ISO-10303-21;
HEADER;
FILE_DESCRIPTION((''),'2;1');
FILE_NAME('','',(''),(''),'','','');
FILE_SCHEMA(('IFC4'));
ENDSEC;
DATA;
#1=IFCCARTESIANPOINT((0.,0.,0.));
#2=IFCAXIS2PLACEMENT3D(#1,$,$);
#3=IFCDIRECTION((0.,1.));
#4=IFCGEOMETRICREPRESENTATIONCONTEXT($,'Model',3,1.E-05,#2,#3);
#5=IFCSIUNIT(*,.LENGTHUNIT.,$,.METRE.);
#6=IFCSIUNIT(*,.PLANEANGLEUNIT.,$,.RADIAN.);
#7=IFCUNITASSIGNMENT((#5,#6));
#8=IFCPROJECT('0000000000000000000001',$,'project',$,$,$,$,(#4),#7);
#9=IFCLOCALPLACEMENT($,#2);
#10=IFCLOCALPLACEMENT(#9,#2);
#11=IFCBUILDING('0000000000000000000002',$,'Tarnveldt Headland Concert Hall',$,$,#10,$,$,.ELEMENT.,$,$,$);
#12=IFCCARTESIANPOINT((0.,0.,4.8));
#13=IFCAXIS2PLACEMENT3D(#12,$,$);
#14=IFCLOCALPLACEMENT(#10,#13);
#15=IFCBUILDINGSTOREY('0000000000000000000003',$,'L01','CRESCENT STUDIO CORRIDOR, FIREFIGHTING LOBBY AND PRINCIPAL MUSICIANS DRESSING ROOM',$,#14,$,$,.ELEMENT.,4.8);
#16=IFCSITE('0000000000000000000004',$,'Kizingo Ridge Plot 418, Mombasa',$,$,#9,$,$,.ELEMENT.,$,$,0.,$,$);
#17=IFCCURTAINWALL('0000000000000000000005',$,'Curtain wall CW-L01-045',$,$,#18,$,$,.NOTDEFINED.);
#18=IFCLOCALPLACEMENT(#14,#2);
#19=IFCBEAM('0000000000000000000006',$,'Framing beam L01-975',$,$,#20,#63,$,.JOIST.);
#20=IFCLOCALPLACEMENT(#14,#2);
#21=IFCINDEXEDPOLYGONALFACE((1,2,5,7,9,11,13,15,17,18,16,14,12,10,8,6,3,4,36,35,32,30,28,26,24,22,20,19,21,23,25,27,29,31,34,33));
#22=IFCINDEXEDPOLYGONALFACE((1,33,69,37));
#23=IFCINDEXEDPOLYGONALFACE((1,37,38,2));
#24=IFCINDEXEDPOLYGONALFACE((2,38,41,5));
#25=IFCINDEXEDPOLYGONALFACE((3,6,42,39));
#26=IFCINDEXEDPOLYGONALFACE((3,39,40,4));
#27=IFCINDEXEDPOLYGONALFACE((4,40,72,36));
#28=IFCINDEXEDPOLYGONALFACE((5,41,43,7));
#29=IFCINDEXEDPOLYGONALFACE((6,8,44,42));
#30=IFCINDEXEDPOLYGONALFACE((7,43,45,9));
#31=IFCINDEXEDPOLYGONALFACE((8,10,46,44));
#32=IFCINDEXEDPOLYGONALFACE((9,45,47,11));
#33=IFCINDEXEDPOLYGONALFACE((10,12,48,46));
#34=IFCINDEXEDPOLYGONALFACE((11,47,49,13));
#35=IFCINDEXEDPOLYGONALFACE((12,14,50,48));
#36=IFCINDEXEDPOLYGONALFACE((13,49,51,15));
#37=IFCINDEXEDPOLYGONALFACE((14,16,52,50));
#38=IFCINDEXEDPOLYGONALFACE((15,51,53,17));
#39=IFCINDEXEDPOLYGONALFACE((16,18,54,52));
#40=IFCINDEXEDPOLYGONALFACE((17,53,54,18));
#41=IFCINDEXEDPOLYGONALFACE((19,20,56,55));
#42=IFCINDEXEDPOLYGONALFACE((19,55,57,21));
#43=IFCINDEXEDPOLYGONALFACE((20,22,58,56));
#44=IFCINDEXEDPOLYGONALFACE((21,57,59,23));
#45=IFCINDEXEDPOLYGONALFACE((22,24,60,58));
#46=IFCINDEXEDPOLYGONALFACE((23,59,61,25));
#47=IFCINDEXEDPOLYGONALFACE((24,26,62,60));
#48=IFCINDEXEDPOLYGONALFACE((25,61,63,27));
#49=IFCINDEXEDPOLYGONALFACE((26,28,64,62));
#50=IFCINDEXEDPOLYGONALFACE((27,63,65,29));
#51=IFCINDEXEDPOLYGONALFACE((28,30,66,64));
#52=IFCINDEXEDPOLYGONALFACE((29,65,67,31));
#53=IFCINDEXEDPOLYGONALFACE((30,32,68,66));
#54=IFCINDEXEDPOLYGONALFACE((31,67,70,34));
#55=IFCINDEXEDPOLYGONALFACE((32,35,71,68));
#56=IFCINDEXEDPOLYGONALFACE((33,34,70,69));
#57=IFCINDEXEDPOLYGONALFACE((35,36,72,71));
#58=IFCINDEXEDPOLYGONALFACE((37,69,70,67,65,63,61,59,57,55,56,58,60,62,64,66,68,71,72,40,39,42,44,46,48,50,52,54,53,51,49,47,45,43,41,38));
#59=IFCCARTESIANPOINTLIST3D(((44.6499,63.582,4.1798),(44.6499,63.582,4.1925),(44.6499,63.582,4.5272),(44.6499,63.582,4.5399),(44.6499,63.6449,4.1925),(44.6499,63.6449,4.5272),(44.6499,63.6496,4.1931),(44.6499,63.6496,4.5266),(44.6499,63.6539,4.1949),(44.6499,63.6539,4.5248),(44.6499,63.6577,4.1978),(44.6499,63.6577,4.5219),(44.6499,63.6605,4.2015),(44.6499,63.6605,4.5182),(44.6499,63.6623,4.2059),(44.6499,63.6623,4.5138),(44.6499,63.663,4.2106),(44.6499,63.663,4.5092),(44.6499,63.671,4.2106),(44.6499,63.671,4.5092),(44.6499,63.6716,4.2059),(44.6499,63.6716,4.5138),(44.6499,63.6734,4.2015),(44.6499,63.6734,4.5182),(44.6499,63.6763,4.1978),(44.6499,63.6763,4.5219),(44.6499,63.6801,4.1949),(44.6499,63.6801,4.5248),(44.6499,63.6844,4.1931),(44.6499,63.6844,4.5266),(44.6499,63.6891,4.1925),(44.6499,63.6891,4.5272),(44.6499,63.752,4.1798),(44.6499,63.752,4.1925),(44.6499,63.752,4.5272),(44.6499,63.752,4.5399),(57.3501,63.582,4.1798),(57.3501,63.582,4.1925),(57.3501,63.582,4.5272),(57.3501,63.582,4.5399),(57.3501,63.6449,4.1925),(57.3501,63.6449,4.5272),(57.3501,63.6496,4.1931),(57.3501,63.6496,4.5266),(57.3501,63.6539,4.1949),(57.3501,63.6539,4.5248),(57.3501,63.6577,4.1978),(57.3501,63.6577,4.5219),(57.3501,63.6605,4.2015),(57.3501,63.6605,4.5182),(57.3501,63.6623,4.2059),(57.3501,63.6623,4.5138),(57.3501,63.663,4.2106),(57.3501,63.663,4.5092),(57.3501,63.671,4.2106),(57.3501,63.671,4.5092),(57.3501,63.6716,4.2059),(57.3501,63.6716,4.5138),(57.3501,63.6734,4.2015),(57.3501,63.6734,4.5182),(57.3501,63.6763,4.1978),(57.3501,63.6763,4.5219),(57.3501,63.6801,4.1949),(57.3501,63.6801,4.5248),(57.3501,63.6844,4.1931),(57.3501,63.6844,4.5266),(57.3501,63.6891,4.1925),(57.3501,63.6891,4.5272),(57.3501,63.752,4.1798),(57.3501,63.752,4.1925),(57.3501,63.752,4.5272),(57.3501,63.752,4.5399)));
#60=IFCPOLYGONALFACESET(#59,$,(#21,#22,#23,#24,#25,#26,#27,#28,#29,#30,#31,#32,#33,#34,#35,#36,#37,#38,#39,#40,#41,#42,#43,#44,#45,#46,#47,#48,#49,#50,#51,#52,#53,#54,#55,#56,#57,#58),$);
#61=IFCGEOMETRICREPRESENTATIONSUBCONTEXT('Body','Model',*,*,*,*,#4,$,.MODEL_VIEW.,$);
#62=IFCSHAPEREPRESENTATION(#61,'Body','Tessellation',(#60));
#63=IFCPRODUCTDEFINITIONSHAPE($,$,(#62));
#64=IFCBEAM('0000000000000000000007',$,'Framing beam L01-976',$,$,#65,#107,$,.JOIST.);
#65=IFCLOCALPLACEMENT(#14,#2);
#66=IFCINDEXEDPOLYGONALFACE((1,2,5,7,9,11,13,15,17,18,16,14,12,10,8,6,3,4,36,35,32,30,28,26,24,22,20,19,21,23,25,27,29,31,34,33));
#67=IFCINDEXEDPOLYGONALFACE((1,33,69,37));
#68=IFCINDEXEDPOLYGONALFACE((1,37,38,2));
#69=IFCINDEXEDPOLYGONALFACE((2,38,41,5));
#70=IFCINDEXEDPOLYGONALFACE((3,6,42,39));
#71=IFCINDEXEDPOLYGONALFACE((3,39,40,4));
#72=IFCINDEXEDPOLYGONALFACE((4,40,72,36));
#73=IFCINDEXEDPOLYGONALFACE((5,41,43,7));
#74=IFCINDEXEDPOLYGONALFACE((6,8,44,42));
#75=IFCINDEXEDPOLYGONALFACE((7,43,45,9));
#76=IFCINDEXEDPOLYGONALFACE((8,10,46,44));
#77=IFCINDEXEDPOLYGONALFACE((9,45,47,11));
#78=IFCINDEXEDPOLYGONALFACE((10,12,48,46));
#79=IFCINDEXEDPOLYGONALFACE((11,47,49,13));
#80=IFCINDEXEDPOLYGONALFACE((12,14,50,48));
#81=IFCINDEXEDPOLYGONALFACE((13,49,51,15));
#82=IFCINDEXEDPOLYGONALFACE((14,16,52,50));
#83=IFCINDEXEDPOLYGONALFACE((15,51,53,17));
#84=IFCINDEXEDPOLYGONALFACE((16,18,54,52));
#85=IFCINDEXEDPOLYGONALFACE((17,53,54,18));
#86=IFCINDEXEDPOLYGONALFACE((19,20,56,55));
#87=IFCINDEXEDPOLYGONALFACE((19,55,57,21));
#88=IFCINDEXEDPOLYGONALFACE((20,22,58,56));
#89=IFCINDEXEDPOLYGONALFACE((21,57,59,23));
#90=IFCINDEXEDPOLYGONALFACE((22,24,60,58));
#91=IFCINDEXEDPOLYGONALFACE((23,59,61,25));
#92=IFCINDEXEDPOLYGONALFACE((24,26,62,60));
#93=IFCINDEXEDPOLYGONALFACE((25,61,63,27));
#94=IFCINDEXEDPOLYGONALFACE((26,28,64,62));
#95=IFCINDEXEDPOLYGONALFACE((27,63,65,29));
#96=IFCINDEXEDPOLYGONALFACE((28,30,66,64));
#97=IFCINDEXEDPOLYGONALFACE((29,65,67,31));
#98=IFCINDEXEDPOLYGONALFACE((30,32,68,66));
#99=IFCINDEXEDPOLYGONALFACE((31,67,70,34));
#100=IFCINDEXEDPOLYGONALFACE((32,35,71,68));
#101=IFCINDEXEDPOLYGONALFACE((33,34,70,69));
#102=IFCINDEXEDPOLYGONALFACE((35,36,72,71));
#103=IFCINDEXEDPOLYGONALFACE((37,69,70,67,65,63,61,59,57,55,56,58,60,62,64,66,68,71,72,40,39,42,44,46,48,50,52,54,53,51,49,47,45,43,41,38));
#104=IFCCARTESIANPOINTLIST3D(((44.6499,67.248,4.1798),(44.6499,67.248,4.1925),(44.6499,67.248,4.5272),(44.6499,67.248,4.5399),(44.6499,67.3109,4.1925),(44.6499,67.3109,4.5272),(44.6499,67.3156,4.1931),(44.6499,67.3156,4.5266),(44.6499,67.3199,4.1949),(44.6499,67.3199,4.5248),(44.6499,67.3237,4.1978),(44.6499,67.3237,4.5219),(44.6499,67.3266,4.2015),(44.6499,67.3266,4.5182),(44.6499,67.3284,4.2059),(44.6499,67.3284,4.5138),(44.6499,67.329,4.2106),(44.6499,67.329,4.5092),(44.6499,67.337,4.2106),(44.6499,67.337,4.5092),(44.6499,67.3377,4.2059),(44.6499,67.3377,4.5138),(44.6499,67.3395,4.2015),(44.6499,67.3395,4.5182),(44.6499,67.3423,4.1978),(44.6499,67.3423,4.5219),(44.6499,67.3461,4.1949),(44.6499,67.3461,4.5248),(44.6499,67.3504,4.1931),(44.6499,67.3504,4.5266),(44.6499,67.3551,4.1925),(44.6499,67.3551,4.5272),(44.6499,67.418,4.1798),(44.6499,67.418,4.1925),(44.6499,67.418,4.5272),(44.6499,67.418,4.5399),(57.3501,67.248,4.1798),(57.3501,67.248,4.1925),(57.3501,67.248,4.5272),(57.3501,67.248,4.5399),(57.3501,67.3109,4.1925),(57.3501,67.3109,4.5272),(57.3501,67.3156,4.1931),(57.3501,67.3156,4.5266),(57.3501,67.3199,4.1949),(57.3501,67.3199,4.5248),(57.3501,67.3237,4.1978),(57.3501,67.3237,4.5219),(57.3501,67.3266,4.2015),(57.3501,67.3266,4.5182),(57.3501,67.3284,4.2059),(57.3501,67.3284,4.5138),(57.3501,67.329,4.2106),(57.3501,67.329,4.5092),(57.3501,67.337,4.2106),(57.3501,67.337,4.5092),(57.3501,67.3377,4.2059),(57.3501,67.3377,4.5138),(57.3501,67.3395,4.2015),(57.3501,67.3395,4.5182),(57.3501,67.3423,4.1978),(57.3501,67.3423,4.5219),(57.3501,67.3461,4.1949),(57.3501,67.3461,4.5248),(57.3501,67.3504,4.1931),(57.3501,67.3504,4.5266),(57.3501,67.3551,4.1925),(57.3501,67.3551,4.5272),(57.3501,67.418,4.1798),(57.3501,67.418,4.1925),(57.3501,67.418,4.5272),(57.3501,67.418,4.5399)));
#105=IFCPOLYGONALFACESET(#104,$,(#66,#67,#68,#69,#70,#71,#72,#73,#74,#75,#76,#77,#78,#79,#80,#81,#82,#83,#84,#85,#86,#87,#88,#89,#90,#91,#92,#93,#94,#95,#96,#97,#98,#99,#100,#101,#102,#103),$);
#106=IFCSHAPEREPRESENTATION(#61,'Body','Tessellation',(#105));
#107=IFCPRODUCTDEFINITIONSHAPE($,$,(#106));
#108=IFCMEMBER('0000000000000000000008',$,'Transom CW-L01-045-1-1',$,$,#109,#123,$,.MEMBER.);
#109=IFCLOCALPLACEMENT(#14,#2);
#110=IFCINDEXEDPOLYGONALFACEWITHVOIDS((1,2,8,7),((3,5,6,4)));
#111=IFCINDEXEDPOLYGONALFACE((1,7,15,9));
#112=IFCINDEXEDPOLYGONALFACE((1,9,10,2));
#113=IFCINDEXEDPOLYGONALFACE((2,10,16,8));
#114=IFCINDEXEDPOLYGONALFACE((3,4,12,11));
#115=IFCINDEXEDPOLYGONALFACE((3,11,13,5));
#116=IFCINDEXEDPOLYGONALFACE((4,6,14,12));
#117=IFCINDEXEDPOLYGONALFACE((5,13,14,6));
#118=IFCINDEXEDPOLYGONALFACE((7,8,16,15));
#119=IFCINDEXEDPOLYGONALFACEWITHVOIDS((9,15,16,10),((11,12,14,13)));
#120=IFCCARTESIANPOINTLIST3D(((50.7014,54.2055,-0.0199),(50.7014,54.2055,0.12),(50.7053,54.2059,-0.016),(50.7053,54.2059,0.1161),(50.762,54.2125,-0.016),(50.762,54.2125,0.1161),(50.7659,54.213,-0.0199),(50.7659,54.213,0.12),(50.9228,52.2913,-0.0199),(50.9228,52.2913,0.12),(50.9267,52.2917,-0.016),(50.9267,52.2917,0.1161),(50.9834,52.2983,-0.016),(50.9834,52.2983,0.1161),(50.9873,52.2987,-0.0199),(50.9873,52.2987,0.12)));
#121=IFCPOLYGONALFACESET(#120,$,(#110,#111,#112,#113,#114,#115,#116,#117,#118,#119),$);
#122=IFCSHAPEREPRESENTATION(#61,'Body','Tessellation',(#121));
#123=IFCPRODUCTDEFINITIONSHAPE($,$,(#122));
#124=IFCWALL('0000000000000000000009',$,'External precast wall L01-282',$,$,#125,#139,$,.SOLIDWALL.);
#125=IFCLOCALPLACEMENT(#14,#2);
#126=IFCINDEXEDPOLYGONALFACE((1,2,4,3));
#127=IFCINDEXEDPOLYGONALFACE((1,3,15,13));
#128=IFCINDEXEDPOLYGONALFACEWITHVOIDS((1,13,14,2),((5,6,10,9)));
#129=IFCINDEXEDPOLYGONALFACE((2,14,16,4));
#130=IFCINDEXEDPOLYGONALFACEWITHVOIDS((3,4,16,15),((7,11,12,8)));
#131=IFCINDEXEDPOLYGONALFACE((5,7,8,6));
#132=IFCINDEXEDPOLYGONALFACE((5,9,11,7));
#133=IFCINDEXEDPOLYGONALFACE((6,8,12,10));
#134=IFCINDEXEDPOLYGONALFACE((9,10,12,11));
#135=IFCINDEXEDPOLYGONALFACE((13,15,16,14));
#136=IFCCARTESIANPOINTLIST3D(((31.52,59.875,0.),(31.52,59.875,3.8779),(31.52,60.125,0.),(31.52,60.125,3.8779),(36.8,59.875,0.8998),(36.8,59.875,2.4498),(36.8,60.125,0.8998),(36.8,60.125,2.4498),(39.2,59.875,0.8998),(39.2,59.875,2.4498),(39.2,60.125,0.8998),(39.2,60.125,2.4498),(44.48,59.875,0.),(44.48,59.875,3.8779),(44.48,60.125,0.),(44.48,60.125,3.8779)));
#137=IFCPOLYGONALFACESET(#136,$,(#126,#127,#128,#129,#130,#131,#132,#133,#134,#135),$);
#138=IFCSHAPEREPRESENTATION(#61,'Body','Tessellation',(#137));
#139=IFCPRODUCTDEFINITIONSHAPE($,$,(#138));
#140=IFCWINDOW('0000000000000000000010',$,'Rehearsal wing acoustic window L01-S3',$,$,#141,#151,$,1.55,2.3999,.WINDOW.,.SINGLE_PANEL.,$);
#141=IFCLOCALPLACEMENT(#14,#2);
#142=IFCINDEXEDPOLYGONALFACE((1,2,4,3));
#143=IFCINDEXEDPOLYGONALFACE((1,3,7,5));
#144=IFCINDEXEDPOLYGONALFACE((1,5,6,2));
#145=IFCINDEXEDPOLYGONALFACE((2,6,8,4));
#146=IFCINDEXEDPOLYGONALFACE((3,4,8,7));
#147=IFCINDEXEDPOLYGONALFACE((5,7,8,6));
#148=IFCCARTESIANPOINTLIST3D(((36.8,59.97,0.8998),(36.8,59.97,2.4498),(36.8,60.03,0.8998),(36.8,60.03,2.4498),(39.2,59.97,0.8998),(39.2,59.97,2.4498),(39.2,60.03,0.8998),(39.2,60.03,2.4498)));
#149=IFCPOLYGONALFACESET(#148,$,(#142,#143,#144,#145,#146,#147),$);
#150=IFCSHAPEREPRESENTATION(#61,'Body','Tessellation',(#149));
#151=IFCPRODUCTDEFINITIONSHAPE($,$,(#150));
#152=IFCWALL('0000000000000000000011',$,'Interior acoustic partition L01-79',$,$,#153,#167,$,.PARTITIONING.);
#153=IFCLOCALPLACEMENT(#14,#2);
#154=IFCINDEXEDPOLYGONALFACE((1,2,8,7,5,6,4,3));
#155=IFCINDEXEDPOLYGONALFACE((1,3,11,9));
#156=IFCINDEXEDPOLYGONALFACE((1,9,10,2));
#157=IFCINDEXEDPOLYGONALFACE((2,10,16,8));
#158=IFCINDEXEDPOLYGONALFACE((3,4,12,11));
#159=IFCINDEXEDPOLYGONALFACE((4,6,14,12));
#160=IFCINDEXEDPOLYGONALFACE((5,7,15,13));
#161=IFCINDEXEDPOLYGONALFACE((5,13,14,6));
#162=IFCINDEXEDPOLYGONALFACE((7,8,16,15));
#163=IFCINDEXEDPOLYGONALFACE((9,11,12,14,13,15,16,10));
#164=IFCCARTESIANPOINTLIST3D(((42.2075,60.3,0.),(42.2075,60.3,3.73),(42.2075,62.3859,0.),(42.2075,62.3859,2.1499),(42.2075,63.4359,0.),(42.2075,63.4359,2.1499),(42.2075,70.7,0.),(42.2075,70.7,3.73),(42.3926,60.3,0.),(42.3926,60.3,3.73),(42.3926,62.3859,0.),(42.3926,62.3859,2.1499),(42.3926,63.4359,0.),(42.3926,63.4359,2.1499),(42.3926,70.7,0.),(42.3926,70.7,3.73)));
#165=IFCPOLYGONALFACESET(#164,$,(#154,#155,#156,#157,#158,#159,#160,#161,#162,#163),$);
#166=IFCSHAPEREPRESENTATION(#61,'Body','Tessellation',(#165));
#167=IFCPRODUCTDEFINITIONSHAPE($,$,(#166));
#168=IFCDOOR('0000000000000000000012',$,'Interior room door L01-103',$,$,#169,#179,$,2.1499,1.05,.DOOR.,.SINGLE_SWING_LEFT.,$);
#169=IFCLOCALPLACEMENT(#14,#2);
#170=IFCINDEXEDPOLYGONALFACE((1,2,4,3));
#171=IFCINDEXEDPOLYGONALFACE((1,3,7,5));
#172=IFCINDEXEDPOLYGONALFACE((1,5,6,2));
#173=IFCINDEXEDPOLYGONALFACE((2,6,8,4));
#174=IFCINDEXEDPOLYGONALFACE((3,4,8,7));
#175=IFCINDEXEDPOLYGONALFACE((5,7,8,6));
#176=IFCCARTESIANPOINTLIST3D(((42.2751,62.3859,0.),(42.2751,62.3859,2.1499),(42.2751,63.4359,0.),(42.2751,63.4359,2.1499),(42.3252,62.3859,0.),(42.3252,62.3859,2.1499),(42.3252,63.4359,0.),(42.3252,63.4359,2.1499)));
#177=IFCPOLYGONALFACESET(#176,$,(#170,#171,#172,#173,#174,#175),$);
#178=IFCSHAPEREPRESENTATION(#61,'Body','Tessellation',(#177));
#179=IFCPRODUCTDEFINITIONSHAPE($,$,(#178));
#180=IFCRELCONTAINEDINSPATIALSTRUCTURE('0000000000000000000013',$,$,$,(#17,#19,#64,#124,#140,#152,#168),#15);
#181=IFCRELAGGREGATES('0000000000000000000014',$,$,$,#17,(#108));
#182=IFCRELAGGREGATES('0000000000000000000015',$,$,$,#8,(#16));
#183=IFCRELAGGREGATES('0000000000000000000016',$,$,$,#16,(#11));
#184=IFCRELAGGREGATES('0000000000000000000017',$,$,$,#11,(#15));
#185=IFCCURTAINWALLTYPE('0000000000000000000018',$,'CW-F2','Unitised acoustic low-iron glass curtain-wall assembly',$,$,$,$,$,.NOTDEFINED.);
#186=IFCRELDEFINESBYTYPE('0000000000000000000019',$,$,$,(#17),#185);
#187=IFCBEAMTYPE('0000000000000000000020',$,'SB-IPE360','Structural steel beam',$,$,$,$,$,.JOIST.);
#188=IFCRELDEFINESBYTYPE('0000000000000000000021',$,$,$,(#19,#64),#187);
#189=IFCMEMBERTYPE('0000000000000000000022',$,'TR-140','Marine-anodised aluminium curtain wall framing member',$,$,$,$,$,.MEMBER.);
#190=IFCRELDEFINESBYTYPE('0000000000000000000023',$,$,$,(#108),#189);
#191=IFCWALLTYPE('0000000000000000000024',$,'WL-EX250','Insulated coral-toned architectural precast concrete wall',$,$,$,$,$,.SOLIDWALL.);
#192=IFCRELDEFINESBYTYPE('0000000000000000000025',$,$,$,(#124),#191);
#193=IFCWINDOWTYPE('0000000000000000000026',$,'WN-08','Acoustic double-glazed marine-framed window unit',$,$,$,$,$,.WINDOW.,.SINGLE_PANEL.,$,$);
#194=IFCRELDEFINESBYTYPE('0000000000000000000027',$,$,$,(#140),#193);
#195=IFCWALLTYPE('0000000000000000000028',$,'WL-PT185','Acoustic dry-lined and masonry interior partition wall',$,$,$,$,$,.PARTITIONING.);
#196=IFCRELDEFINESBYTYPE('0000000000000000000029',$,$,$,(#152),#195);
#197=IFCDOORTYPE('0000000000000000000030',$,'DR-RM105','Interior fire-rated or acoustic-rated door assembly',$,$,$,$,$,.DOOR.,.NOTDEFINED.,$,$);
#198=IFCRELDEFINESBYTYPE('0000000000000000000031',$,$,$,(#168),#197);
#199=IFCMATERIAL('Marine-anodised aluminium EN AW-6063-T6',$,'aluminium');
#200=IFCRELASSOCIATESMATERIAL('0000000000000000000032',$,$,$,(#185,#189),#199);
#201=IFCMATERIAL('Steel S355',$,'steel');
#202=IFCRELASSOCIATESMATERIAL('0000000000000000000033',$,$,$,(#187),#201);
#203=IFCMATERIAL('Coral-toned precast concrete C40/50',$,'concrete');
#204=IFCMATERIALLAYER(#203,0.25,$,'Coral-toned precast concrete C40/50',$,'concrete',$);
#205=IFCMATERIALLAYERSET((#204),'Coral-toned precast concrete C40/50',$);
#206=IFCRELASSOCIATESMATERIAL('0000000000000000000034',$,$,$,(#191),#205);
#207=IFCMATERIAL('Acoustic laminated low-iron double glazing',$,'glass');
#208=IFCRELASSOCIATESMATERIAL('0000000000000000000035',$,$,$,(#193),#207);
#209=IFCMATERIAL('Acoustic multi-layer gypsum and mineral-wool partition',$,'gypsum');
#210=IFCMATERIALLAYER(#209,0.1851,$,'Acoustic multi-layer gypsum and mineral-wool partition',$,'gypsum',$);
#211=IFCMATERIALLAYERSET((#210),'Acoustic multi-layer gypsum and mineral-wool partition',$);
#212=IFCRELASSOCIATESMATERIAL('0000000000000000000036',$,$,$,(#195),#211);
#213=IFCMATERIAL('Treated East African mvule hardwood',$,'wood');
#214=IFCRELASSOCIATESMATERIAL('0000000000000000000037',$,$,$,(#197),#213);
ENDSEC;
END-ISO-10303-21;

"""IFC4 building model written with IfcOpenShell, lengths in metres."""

from ifc_helpers import new_model, si_unit, direction, frame, frame_2d, origin, origin_2d, place, context, subcontext, project, spatial, rectangle, hollow_rectangle, i_section, extrude, material, layer, layer_set, material_profile, profile_set, type_object, element, fill, aggregate, save


model = new_model("IFC4")

# Units and contexts
model_context = context("Model", 3, precision=1e-05, world=origin(), true_north=direction((0.0, 1.0)))
body_context = subcontext(model_context, "Body", "Model", "MODEL_VIEW")
ifc_project = project(units=[si_unit("LENGTHUNIT", "METRE"), si_unit("PLANEANGLEUNIT", "RADIAN")], contexts=[model_context])

# Site, building, storey
site_placement = place(None, origin())
site = spatial("IfcSite", under=ifc_project, at=site_placement, Name="Kizingo Ridge Plot 418, Mombasa", CompositionType="ELEMENT", RefElevation=0.0)
building_placement = place(site_placement, origin())
building = spatial("IfcBuilding", under=site, at=building_placement, Name="Tarnveldt Headland Concert Hall", CompositionType="ELEMENT")
storey_placement = place(building_placement, frame((0.0, 0.0, 4.8)))
storey = spatial("IfcBuildingStorey", under=building, at=storey_placement, Name="L01", Description="CRESCENT STUDIO CORRIDOR, FIREFIGHTING LOBBY AND PRINCIPAL MUSICIANS DRESSING ROOM", CompositionType="ELEMENT", Elevation=4.8)

# Shared definitions
ifc_material_1 = material(Name="Steel S355", Category="steel")

# Curtain wall
ifc_material_2 = material(Name="Marine-anodised aluminium EN AW-6063-T6", Category="aluminium")
curtain_wall_type = type_object("IfcCurtainWallType", Name="CW-F2", Description="Unitised acoustic low-iron glass curtain-wall assembly", PredefinedType="NOTDEFINED", material=ifc_material_2)
curtain_wall_1_placement = place(storey_placement, origin())
curtain_wall_1 = element("IfcCurtainWall", 1, at=curtain_wall_1_placement, inside=storey, type_object=curtain_wall_type, Name="Curtain wall CW-L01-045", PredefinedType="NOTDEFINED")

# Beams
ifc_material_profile_1 = material_profile(ifc_material_1, i_section(OverallWidth=0.1699, OverallDepth=0.3601, WebThickness=0.0081, FlangeThickness=0.0127, FilletRadius=0.0181, at=origin_2d()), Name="IPE360", Category="steel")
ifc_profile_set_1 = profile_set([ifc_material_profile_1], Name="Steel S355")
beam_type_1 = type_object("IfcBeamType", Name="SB-IPE360", Description="Structural steel beam", PredefinedType="JOIST", material=ifc_profile_set_1)
for number, where, z_axis, x_axis, name in (
    (2, (44.6499, 63.667, 4.3599), (1.0, 0.0, 0.0), (0.0, 1.0, 0.0), "Framing beam L01-975"),
    (3, (44.6499, 67.333, 4.3599), (1.0, 0.0, 0.0), (0.0, 1.0, 0.0), "Framing beam L01-976"),
):
    element("IfcBeam", number, at=place(storey_placement, frame(where, z_axis=z_axis, x_axis=x_axis)), inside=storey, type_object=beam_type_1, Name=name, PredefinedType="JOIST", context=body_context, shape_type="SweptSolid", body=[
        extrude(i_section(OverallWidth=0.1699, OverallDepth=0.3601, WebThickness=0.0081, FlangeThickness=0.0127, FilletRadius=0.0181, at=origin_2d()), origin(), (0.0, 0.0, 1.0), 12.7002),
    ])

# Member
ifc_material_profile_2 = material_profile(ifc_material_2, hollow_rectangle(XDim=0.0649, YDim=0.1399, WallThickness=0.0039, at=origin_2d()), Name="ALU TRANSOM 65x140x4", Category="aluminium")
ifc_profile_set_2 = profile_set([ifc_material_profile_2], Name="Marine-anodised aluminium EN AW-6063-T6")
member_type_1 = type_object("IfcMemberType", Name="TR-140", Description="Marine-anodised aluminium curtain wall framing member", PredefinedType="MEMBER", material=ifc_profile_set_2)
member_1_placement = place(storey_placement, frame((50.7336, 54.2092, 0.05), z_axis=(0.114908, -0.993376, 0.0), x_axis=(0.993376, 0.114908, 0.0)))
member_1 = element("IfcMember", 4, at=member_1_placement, type_object=member_type_1, Name="Transom CW-L01-045-1-1", PredefinedType="MEMBER", context=body_context, shape_type="SweptSolid", body=[
    extrude(hollow_rectangle(XDim=0.0649, YDim=0.1399, WallThickness=0.0039, at=origin_2d()), origin(), (0.0, 0.0, 1.0), 1.927),
])
aggregate(curtain_wall_1, [member_1])

# Wall, opening, window
ifc_material_3 = material(Name="Coral-toned precast concrete C40/50", Category="concrete")
ifc_layer_1 = layer(ifc_material_3, 0.25, Name="Coral-toned precast concrete C40/50", Category="concrete")
ifc_layer_set_1 = layer_set([ifc_layer_1], Name="Coral-toned precast concrete C40/50")
wall_type_1 = type_object("IfcWallType", Name="WL-EX250", Description="Insulated coral-toned architectural precast concrete wall", PredefinedType="SOLIDWALL", material=ifc_layer_set_1)
wall_1_placement = place(storey_placement, frame((44.48, 60.0, 0.0), z_axis=(0.0, 0.0, 1.0), x_axis=(-1.0, 0.0, 0.0)))
wall_1 = element("IfcWall", 5, at=wall_1_placement, inside=storey, type_object=wall_type_1, Name="External precast wall L01-282", PredefinedType="SOLIDWALL", context=body_context, shape_type="SweptSolid", body=[
    extrude(rectangle(XDim=12.96, YDim=0.25, at=frame_2d((6.48, 0.0))), origin(), (0.0, 0.0, 1.0), 3.8779),
])
opening_1_placement = place(wall_1_placement, frame((5.28, 0.0, 0.8999)))
opening_1 = element("IfcOpeningElement", 6, at=opening_1_placement, cuts=wall_1, PredefinedType="OPENING", context=body_context, shape_type="SweptSolid", body=[
    extrude(rectangle(XDim=2.3999, YDim=1.55, at=frame_2d((1.2, 0.7749))), frame((0.0, 0.135, 0.0), z_axis=(0.0, -1.0, 0.0), x_axis=(1.0, 0.0, 0.0)), (0.0, 0.0, 1.0), 0.27),
])
ifc_material_4 = material(Name="Acoustic laminated low-iron double glazing", Category="glass")
window_type = type_object("IfcWindowType", Name="WN-08", Description="Acoustic double-glazed marine-framed window unit", PartitioningType="SINGLE_PANEL", PredefinedType="WINDOW", material=ifc_material_4)
window_placement = place(opening_1_placement, origin())
window = element("IfcWindow", 7, at=window_placement, inside=storey, type_object=window_type, Name="Rehearsal wing acoustic window L01-S3", OverallHeight=1.55, OverallWidth=2.3999, PartitioningType="SINGLE_PANEL", PredefinedType="WINDOW", context=body_context, shape_type="SweptSolid", body=[
    extrude(rectangle(XDim=2.3999, YDim=1.55, at=frame_2d((1.2, 0.7749))), frame((0.0, 0.03, 0.0), z_axis=(0.0, -1.0, 0.0), x_axis=(1.0, 0.0, 0.0)), (0.0, 0.0, 1.0), 0.0601),
])
fill(opening_1, window)

# Wall, opening, door
ifc_material_5 = material(Name="Acoustic multi-layer gypsum and mineral-wool partition", Category="gypsum")
ifc_layer_2 = layer(ifc_material_5, 0.1851, Name="Acoustic multi-layer gypsum and mineral-wool partition", Category="gypsum")
ifc_layer_set_2 = layer_set([ifc_layer_2], Name="Acoustic multi-layer gypsum and mineral-wool partition")
wall_type_2 = type_object("IfcWallType", Name="WL-PT185", Description="Acoustic dry-lined and masonry interior partition wall", PredefinedType="PARTITIONING", material=ifc_layer_set_2)
wall_2_placement = place(storey_placement, frame((42.3, 60.3, 0.0), z_axis=(0.0, 0.0, 1.0), x_axis=(0.0, 1.0, 0.0)))
wall_2 = element("IfcWall", 8, at=wall_2_placement, inside=storey, type_object=wall_type_2, Name="Interior acoustic partition L01-79", PredefinedType="PARTITIONING", context=body_context, shape_type="SweptSolid", body=[
    extrude(rectangle(XDim=10.3999, YDim=0.1851, at=frame_2d((5.2, 0.0))), origin(), (0.0, 0.0, 1.0), 3.73),
])
opening_2_placement = place(wall_2_placement, frame((2.0859, 0.0, 0.0)))
opening_2 = element("IfcOpeningElement", 9, at=opening_2_placement, cuts=wall_2, PredefinedType="OPENING", context=body_context, shape_type="SweptSolid", body=[
    extrude(rectangle(XDim=1.05, YDim=2.1499, at=frame_2d((0.5249, 1.075))), frame((0.0, 0.1025, 0.0), z_axis=(0.0, -1.0, 0.0), x_axis=(1.0, 0.0, 0.0)), (0.0, 0.0, 1.0), 0.2051),
])
ifc_material_6 = material(Name="Treated East African mvule hardwood", Category="wood")
door_type = type_object("IfcDoorType", Name="DR-RM105", Description="Interior fire-rated or acoustic-rated door assembly", OperationType="NOTDEFINED", PredefinedType="DOOR", material=ifc_material_6)
door_placement = place(opening_2_placement, origin())
door = element("IfcDoor", 10, at=door_placement, inside=storey, type_object=door_type, Name="Interior room door L01-103", OperationType="SINGLE_SWING_LEFT", OverallHeight=2.1499, OverallWidth=1.05, PredefinedType="DOOR", context=body_context, shape_type="SweptSolid", body=[
    extrude(rectangle(XDim=1.05, YDim=2.1499, at=frame_2d((0.5249, 1.075))), frame((0.0, 0.0249, 0.0), z_axis=(0.0, -1.0, 0.0), x_axis=(1.0, 0.0, 0.0)), (0.0, 0.0, 1.0), 0.05),
])
fill(opening_2, door)

save(model, "model.ifc")
